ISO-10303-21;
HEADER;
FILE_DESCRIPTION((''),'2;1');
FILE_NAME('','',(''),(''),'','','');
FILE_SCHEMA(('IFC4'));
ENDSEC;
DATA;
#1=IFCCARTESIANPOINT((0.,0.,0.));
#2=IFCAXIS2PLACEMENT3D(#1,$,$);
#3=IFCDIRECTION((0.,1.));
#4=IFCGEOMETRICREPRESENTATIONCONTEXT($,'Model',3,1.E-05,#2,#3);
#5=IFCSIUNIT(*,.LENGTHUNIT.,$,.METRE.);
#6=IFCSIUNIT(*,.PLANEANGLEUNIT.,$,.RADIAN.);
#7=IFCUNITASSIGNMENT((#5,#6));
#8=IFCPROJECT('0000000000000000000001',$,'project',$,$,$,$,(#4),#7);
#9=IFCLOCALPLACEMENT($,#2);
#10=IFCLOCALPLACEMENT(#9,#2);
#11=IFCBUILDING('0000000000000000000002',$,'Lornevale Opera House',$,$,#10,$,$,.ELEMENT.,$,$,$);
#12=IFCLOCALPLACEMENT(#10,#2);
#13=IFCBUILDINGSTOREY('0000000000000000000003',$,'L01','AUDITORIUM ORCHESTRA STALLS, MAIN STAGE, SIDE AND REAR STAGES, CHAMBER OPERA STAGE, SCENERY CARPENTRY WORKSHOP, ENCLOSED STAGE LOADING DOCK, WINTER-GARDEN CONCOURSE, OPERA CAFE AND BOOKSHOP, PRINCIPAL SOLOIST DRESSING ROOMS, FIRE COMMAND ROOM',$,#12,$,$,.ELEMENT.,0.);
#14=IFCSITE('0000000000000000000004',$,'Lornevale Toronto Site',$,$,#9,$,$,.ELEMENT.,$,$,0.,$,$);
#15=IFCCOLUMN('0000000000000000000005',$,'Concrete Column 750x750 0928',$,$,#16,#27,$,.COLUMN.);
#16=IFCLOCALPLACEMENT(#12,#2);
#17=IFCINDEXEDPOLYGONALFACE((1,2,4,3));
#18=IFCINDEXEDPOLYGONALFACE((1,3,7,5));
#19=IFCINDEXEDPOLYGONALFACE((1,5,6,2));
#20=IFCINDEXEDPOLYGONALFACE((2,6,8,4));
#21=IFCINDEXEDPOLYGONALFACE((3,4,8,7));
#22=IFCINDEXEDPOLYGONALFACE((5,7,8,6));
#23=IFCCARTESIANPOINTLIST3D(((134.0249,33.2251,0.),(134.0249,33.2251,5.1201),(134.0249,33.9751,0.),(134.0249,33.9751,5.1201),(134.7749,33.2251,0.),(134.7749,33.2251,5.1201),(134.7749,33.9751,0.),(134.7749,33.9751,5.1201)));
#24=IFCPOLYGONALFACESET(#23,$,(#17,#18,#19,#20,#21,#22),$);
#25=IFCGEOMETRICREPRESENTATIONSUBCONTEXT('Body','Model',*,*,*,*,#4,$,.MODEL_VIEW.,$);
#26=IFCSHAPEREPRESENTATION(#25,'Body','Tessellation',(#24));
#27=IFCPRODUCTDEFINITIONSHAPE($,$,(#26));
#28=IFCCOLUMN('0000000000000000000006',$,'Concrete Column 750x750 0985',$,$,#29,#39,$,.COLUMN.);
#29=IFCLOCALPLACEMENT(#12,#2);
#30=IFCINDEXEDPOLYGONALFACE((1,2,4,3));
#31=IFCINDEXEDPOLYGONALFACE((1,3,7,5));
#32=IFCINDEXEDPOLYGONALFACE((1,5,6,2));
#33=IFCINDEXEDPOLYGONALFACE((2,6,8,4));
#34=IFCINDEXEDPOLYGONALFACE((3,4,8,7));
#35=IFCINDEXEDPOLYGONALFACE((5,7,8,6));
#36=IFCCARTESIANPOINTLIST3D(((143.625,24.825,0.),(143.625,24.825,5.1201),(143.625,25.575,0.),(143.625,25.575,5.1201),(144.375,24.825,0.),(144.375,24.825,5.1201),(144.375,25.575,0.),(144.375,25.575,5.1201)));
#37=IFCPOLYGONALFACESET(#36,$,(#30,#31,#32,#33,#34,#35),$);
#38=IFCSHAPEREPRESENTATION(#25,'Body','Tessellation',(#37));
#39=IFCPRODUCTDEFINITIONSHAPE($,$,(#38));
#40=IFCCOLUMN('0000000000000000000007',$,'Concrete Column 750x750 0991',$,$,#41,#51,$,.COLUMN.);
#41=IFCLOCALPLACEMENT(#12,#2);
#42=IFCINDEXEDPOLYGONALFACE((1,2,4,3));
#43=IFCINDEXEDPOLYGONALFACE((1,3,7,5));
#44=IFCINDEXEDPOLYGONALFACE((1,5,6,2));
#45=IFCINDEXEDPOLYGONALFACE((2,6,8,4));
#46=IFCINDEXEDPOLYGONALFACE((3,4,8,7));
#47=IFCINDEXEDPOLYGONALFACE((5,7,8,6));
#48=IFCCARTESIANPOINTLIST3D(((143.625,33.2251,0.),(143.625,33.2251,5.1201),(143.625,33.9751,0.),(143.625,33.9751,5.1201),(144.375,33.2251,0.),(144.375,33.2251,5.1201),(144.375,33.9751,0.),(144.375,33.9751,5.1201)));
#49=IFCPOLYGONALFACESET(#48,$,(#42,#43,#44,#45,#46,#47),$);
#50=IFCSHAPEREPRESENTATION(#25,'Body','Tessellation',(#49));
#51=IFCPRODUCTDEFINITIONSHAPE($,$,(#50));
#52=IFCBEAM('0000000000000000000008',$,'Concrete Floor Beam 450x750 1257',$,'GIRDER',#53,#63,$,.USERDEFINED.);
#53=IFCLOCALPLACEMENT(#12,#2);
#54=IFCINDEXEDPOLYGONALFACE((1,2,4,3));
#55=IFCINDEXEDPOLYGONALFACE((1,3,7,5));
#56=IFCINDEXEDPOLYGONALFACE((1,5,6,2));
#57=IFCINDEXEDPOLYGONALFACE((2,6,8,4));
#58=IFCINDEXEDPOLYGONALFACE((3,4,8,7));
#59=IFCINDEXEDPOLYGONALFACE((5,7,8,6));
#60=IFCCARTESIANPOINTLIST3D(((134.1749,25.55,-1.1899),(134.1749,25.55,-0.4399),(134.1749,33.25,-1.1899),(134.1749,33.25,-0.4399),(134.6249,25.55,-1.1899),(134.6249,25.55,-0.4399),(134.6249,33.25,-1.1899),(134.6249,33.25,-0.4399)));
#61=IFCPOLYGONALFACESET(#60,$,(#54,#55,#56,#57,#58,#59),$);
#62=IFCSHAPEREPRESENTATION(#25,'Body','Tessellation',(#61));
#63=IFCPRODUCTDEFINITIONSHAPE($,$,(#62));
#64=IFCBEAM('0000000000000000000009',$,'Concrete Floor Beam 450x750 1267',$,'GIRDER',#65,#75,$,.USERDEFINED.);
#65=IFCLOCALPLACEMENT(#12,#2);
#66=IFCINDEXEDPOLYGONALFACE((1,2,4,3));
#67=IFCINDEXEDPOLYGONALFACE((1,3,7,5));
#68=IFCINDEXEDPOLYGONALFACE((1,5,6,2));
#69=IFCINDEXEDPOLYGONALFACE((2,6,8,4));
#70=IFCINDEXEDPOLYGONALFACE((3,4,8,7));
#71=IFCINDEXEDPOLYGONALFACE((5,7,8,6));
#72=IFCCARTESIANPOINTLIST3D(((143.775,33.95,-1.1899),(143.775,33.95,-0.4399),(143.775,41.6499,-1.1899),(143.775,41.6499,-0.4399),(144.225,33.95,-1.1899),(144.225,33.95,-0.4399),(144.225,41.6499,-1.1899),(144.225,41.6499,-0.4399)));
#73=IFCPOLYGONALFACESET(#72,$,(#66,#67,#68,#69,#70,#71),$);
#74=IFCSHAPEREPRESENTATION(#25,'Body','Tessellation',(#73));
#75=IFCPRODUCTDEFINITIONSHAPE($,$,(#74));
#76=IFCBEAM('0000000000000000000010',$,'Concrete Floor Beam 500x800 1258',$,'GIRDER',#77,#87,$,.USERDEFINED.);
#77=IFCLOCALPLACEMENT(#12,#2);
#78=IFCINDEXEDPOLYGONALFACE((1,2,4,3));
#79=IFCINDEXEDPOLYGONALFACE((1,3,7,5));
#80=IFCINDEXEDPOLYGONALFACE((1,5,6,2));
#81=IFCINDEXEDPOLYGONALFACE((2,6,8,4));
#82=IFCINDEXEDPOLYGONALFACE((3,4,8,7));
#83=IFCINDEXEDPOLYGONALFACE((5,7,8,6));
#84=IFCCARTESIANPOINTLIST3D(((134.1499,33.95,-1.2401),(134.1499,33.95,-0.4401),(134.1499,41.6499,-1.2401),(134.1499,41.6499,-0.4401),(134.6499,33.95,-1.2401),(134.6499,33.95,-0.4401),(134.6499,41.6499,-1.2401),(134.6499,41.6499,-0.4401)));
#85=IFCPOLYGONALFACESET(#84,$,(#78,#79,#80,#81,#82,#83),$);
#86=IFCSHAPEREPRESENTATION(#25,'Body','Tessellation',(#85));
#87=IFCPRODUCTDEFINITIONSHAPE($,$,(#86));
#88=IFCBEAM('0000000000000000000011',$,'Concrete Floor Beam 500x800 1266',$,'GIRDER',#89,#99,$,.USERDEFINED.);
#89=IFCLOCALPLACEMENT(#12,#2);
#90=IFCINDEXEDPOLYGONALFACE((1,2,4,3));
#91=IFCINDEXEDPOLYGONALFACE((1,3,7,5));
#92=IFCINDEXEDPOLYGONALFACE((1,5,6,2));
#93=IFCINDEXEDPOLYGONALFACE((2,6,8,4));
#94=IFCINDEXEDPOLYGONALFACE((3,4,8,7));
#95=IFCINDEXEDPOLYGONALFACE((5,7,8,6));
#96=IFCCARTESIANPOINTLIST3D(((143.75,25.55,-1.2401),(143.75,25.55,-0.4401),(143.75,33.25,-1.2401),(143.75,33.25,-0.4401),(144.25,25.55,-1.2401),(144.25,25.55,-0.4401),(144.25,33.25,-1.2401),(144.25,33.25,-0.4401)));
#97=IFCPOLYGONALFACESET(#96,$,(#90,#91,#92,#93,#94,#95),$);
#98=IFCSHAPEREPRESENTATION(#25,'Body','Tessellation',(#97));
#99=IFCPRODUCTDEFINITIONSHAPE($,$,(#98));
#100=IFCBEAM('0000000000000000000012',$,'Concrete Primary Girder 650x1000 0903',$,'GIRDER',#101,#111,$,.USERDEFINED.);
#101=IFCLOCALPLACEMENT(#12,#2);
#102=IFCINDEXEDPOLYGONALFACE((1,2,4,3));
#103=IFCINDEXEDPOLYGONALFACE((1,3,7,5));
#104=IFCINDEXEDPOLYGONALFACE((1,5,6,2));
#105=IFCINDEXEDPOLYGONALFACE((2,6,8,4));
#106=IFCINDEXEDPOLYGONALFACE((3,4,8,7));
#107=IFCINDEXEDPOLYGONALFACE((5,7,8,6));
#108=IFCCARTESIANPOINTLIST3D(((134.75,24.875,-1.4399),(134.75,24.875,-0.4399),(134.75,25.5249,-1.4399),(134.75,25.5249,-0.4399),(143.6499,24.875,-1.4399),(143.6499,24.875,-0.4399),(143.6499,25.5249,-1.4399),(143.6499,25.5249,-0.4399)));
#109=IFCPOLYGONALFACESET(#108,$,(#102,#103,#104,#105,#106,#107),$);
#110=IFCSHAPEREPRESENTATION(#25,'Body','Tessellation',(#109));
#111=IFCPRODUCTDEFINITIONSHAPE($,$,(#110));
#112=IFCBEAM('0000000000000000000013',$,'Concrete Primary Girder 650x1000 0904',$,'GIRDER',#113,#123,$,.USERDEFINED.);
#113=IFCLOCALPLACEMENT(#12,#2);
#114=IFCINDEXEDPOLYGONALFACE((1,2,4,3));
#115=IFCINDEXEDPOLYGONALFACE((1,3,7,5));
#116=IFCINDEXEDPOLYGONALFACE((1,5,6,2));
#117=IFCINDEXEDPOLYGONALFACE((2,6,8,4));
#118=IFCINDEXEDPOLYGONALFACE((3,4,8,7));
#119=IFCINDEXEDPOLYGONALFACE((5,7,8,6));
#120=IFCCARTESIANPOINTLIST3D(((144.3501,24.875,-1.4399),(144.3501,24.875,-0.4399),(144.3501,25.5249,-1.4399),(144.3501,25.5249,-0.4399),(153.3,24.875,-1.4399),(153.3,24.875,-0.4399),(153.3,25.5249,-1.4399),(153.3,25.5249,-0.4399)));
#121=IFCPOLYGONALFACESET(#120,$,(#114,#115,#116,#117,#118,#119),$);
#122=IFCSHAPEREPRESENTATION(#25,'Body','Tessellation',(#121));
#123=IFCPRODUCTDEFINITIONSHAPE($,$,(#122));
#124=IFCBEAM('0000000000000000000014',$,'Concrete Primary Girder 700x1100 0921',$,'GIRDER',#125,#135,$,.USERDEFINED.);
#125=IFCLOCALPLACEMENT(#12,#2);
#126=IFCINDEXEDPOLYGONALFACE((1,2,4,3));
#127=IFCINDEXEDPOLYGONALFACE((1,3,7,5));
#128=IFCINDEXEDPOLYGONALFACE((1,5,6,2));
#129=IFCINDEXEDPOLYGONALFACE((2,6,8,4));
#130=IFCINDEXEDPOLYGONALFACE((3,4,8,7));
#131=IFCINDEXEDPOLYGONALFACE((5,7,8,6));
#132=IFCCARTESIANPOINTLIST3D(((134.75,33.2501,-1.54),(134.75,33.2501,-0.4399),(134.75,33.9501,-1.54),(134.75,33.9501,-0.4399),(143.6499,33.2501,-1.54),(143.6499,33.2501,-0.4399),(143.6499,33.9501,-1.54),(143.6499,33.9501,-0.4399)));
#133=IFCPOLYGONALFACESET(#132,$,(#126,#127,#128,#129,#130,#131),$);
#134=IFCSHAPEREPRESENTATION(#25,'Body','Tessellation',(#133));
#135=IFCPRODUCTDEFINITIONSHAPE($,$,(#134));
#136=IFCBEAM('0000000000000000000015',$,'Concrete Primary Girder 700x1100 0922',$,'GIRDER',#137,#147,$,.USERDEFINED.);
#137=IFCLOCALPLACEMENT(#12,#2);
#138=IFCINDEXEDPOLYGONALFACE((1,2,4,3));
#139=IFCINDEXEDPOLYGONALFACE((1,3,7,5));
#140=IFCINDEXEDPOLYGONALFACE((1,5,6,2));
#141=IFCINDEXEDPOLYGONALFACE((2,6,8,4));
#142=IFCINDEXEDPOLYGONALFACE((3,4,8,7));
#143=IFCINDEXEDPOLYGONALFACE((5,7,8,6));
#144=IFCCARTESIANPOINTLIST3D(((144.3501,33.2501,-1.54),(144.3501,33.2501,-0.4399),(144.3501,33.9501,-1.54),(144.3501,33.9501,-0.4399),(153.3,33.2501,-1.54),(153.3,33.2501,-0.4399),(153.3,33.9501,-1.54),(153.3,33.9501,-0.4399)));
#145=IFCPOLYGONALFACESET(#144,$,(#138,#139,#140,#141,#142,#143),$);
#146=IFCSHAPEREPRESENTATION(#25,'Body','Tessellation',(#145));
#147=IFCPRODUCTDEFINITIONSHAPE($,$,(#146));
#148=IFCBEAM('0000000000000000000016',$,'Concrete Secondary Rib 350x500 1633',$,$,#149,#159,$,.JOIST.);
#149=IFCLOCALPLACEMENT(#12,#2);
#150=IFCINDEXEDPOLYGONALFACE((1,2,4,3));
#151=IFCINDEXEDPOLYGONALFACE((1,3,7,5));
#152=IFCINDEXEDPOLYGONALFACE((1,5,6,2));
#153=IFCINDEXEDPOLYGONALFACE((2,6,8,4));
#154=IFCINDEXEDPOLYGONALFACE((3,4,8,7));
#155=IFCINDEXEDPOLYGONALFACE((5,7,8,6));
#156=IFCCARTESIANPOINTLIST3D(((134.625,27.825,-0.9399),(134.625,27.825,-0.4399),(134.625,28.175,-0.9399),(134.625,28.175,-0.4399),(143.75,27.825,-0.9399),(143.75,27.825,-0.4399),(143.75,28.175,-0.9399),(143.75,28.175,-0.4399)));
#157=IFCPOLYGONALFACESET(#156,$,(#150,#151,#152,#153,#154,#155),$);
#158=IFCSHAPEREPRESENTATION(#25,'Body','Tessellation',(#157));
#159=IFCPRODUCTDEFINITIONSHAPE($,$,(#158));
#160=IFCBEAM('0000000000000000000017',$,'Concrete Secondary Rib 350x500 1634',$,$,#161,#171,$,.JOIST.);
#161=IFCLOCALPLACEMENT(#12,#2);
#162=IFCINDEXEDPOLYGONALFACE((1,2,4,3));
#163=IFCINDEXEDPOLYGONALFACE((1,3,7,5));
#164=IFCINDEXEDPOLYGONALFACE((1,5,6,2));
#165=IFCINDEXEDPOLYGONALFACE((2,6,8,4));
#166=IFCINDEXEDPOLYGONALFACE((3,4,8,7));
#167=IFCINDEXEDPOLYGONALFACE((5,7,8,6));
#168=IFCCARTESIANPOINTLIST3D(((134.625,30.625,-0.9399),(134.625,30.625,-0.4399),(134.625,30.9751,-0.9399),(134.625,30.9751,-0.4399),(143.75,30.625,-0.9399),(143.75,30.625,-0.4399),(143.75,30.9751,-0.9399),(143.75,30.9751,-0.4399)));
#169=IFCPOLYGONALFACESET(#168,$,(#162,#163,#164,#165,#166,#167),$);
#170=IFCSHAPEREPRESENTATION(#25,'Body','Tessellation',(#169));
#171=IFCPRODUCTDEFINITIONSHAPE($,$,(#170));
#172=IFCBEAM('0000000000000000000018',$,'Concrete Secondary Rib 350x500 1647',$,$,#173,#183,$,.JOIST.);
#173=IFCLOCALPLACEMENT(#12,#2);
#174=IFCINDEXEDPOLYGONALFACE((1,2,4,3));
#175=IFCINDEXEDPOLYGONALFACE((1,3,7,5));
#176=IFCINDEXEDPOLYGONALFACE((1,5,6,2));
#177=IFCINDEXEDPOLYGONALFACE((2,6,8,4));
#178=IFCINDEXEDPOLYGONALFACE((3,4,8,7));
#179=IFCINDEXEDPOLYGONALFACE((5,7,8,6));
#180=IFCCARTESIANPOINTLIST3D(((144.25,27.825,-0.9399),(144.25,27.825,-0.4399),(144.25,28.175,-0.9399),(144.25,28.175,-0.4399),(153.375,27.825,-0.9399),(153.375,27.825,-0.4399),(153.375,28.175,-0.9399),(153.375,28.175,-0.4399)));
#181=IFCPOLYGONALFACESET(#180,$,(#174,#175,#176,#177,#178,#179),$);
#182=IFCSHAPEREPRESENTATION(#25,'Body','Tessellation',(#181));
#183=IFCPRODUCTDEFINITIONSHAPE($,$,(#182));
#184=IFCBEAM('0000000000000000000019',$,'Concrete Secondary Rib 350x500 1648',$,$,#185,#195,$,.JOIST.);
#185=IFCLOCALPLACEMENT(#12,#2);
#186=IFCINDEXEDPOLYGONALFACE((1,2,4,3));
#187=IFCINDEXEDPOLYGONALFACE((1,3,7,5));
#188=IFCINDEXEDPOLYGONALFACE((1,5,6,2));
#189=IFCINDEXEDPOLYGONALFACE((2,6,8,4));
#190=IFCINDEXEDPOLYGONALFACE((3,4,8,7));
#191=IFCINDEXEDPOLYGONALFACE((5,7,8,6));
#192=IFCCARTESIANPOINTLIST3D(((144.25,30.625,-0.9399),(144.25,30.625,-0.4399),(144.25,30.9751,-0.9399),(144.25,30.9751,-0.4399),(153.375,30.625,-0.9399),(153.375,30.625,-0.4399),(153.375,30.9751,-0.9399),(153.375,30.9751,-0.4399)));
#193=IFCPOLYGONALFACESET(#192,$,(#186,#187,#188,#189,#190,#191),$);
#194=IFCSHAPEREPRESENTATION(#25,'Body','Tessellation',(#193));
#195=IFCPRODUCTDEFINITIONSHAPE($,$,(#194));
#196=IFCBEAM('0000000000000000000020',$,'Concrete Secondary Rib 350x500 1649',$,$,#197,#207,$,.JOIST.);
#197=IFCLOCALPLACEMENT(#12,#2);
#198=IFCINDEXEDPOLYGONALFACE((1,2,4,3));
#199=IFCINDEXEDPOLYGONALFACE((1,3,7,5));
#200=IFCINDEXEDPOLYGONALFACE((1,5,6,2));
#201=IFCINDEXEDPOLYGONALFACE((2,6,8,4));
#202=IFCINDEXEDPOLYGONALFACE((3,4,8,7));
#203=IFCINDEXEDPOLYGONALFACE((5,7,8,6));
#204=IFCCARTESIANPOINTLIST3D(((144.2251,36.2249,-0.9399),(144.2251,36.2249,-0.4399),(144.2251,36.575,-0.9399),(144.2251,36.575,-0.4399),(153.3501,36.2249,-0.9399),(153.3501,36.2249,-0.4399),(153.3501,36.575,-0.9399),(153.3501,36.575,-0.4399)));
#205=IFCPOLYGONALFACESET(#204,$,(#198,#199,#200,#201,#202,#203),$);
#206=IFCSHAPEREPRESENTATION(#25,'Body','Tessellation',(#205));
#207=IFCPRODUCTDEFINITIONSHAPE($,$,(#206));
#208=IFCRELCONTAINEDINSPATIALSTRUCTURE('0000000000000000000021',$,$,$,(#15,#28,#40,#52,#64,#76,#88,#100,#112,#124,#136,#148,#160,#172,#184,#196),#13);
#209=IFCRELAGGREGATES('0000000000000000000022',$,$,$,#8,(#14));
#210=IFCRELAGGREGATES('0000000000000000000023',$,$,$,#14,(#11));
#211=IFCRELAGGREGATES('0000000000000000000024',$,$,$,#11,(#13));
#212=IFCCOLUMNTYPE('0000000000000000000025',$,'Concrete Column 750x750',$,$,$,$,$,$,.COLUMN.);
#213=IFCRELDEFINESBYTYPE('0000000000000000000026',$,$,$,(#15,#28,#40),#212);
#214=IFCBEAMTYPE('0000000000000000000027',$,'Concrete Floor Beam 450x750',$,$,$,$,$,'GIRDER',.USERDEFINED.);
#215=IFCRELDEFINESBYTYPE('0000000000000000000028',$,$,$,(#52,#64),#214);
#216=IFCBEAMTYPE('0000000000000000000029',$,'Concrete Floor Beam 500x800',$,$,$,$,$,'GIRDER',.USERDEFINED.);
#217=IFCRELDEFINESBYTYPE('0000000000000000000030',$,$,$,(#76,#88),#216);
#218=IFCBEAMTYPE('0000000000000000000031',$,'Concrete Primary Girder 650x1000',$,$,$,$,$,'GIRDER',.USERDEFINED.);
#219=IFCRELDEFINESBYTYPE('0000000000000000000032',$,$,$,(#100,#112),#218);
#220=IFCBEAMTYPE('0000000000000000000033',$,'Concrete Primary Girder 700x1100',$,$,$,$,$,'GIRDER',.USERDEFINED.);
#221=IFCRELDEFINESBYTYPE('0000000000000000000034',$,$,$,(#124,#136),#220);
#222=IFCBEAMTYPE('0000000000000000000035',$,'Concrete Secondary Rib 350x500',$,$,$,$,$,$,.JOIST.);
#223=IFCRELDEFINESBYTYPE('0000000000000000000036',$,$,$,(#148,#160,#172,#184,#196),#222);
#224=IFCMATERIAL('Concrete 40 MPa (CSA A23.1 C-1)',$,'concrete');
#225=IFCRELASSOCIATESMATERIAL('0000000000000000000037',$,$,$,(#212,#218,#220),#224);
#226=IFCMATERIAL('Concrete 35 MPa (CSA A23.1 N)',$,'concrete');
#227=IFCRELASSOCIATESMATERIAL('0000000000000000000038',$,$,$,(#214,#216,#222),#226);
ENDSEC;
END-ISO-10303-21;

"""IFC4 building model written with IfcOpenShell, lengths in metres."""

from ifc_helpers import new_model, si_unit, direction, frame, origin, origin_2d, place, context, subcontext, project, spatial, rectangle, extrude, material, material_profile, profile_set, type_object, element, save


model = new_model("IFC4")

# Units and contexts
model_context = context("Model", 3, precision=1e-05, world=origin(), true_north=direction((0.0, 1.0)))
body_context = subcontext(model_context, "Body", "Model", "MODEL_VIEW")
ifc_project = project(units=[si_unit("LENGTHUNIT", "METRE"), si_unit("PLANEANGLEUNIT", "RADIAN")], contexts=[model_context])

# Site, building, storey
site_placement = place(None, origin())
site = spatial("IfcSite", under=ifc_project, at=site_placement, Name="Lornevale Toronto Site", CompositionType="ELEMENT", RefElevation=0.0)
building_placement = place(site_placement, origin())
building = spatial("IfcBuilding", under=site, at=building_placement, Name="Lornevale Opera House", CompositionType="ELEMENT")
storey_placement = place(building_placement, origin())
storey = spatial("IfcBuildingStorey", under=building, at=storey_placement, Name="L01", Description="AUDITORIUM ORCHESTRA STALLS, MAIN STAGE, SIDE AND REAR STAGES, CHAMBER OPERA STAGE, SCENERY CARPENTRY WORKSHOP, ENCLOSED STAGE LOADING DOCK, WINTER-GARDEN CONCOURSE, OPERA CAFE AND BOOKSHOP, PRINCIPAL SOLOIST DRESSING ROOMS, FIRE COMMAND ROOM", CompositionType="ELEMENT", Elevation=0.0)

# Columns
ifc_material_1 = material(Name="Concrete 40 MPa (CSA A23.1 C-1)", Category="concrete")
ifc_material_profile_1 = material_profile(ifc_material_1, rectangle(XDim=0.75, YDim=0.75, at=origin_2d()), Name="RC750x750")
ifc_profile_set_1 = profile_set([ifc_material_profile_1], Name="Concrete 40 MPa (CSA A23.1 C-1)")
column_type = type_object("IfcColumnType", Name="Concrete Column 750x750", PredefinedType="COLUMN", material=ifc_profile_set_1)
for number, where, z_axis, x_axis, name in (
    (1, (134.3999, 33.6001, 0.0), (0.0, 0.0, 1.0), (1.0, 0.0, 0.0), "Concrete Column 750x750 0928"),
    (2, (144.0, 25.2, 0.0), (0.0, 0.0, 1.0), (1.0, 0.0, 0.0), "Concrete Column 750x750 0985"),
    (3, (144.0, 33.6001, 0.0), (0.0, 0.0, 1.0), (1.0, 0.0, 0.0), "Concrete Column 750x750 0991"),
):
    element("IfcColumn", number, at=place(storey_placement, frame(where, z_axis=z_axis, x_axis=x_axis)), inside=storey, type_object=column_type, Name=name, PredefinedType="COLUMN", context=body_context, shape_type="SweptSolid", body=[
        extrude(rectangle(XDim=0.75, YDim=0.75, at=origin_2d()), origin(), (0.0, 0.0, 1.0), 5.1201),
    ])

# Beams
ifc_material_2 = material(Name="Concrete 35 MPa (CSA A23.1 N)", Category="concrete")
ifc_material_profile_2 = material_profile(ifc_material_2, rectangle(XDim=0.45, YDim=0.75, at=origin_2d()), Name="RC450x750")
ifc_profile_set_2 = profile_set([ifc_material_profile_2], Name="Concrete 35 MPa (CSA A23.1 N)")
beam_type_1 = type_object("IfcBeamType", Name="Concrete Floor Beam 450x750", ElementType="GIRDER", PredefinedType="USERDEFINED", material=ifc_profile_set_2)
for number, where, z_axis, x_axis, name in (
    (4, (134.3999, 25.55, -0.8149), (0.0, 1.0, 0.0), (-1.0, 0.0, 0.0), "Concrete Floor Beam 450x750 1257"),
    (5, (144.0, 33.95, -0.8149), (0.0, 1.0, 0.0), (-1.0, 0.0, 0.0), "Concrete Floor Beam 450x750 1267"),
):
    element("IfcBeam", number, at=place(storey_placement, frame(where, z_axis=z_axis, x_axis=x_axis)), inside=storey, type_object=beam_type_1, Name=name, ObjectType="GIRDER", PredefinedType="USERDEFINED", context=body_context, shape_type="SweptSolid", body=[
        extrude(rectangle(XDim=0.45, YDim=0.75, at=origin_2d()), origin(), (0.0, 0.0, 1.0), 7.7),
    ])
ifc_material_profile_3 = material_profile(ifc_material_2, rectangle(XDim=0.5, YDim=0.8, at=origin_2d()), Name="RC500x800")
ifc_profile_set_3 = profile_set([ifc_material_profile_3], Name="Concrete 35 MPa (CSA A23.1 N)")
beam_type_2 = type_object("IfcBeamType", Name="Concrete Floor Beam 500x800", ElementType="GIRDER", PredefinedType="USERDEFINED", material=ifc_profile_set_3)
for number, where, z_axis, x_axis, name in (
    (6, (134.3999, 33.95, -0.8401), (0.0, 1.0, 0.0), (-1.0, 0.0, 0.0), "Concrete Floor Beam 500x800 1258"),
    (7, (144.0, 25.55, -0.8401), (0.0, 1.0, 0.0), (-1.0, 0.0, 0.0), "Concrete Floor Beam 500x800 1266"),
):
    element("IfcBeam", number, at=place(storey_placement, frame(where, z_axis=z_axis, x_axis=x_axis)), inside=storey, type_object=beam_type_2, Name=name, ObjectType="GIRDER", PredefinedType="USERDEFINED", context=body_context, shape_type="SweptSolid", body=[
        extrude(rectangle(XDim=0.5, YDim=0.8, at=origin_2d()), origin(), (0.0, 0.0, 1.0), 7.7),
    ])
ifc_material_profile_4 = material_profile(ifc_material_1, rectangle(XDim=0.6499, YDim=1.0, at=origin_2d()), Name="RC650x1000")
ifc_profile_set_4 = profile_set([ifc_material_profile_4], Name="Concrete 40 MPa (CSA A23.1 C-1)")
beam_type_3 = type_object("IfcBeamType", Name="Concrete Primary Girder 650x1000", ElementType="GIRDER", PredefinedType="USERDEFINED", material=ifc_profile_set_4)
beam_1_placement = place(storey_placement, frame((134.75, 25.2, -0.9399), z_axis=(1.0, 0.0, 0.0), x_axis=(0.0, 1.0, 0.0)))
element("IfcBeam", 8, at=beam_1_placement, inside=storey, type_object=beam_type_3, Name="Concrete Primary Girder 650x1000 0903", ObjectType="GIRDER", PredefinedType="USERDEFINED", context=body_context, shape_type="SweptSolid", body=[
    extrude(rectangle(XDim=0.6499, YDim=1.0, at=origin_2d()), origin(), (0.0, 0.0, 1.0), 8.8999),
])
beam_2_placement = place(storey_placement, frame((144.3501, 25.2, -0.9399), z_axis=(1.0, 0.0, 0.0), x_axis=(0.0, 1.0, 0.0)))
element("IfcBeam", 9, at=beam_2_placement, inside=storey, type_object=beam_type_3, Name="Concrete Primary Girder 650x1000 0904", ObjectType="GIRDER", PredefinedType="USERDEFINED", context=body_context, shape_type="SweptSolid", body=[
    extrude(rectangle(XDim=0.6499, YDim=1.0, at=origin_2d()), origin(), (0.0, 0.0, 1.0), 8.95),
])
ifc_material_profile_5 = material_profile(ifc_material_1, rectangle(XDim=0.7, YDim=1.1001, at=origin_2d()), Name="RC700x1100")
ifc_profile_set_5 = profile_set([ifc_material_profile_5], Name="Concrete 40 MPa (CSA A23.1 C-1)")
beam_type_4 = type_object("IfcBeamType", Name="Concrete Primary Girder 700x1100", ElementType="GIRDER", PredefinedType="USERDEFINED", material=ifc_profile_set_5)
beam_3_placement = place(storey_placement, frame((134.75, 33.6001, -0.99), z_axis=(1.0, 0.0, 0.0), x_axis=(0.0, 1.0, 0.0)))
element("IfcBeam", 10, at=beam_3_placement, inside=storey, type_object=beam_type_4, Name="Concrete Primary Girder 700x1100 0921", ObjectType="GIRDER", PredefinedType="USERDEFINED", context=body_context, shape_type="SweptSolid", body=[
    extrude(rectangle(XDim=0.7, YDim=1.1001, at=origin_2d()), origin(), (0.0, 0.0, 1.0), 8.8999),
])
beam_4_placement = place(storey_placement, frame((144.3501, 33.6001, -0.99), z_axis=(1.0, 0.0, 0.0), x_axis=(0.0, 1.0, 0.0)))
element("IfcBeam", 11, at=beam_4_placement, inside=storey, type_object=beam_type_4, Name="Concrete Primary Girder 700x1100 0922", ObjectType="GIRDER", PredefinedType="USERDEFINED", context=body_context, shape_type="SweptSolid", body=[
    extrude(rectangle(XDim=0.7, YDim=1.1001, at=origin_2d()), origin(), (0.0, 0.0, 1.0), 8.95),
])
ifc_material_profile_6 = material_profile(ifc_material_2, rectangle(XDim=0.3501, YDim=0.5, at=origin_2d()), Name="RC350x500")
ifc_profile_set_6 = profile_set([ifc_material_profile_6], Name="Concrete 35 MPa (CSA A23.1 N)")
beam_type_5 = type_object("IfcBeamType", Name="Concrete Secondary Rib 350x500", PredefinedType="JOIST", material=ifc_profile_set_6)
for number, where, z_axis, x_axis, name in (
    (12, (134.625, 28.0, -0.6899), (1.0, 0.0, 0.0), (0.0, 1.0, 0.0), "Concrete Secondary Rib 350x500 1633"),
    (13, (134.625, 30.8, -0.6899), (1.0, 0.0, 0.0), (0.0, 1.0, 0.0), "Concrete Secondary Rib 350x500 1634"),
    (14, (144.25, 28.0, -0.6899), (1.0, 0.0, 0.0), (0.0, 1.0, 0.0), "Concrete Secondary Rib 350x500 1647"),
    (15, (144.25, 30.8, -0.6899), (1.0, 0.0, 0.0), (0.0, 1.0, 0.0), "Concrete Secondary Rib 350x500 1648"),
    (16, (144.2251, 36.3999, -0.6899), (1.0, 0.0, 0.0), (0.0, 1.0, 0.0), "Concrete Secondary Rib 350x500 1649"),
):
    element("IfcBeam", number, at=place(storey_placement, frame(where, z_axis=z_axis, x_axis=x_axis)), inside=storey, type_object=beam_type_5, Name=name, PredefinedType="JOIST", context=body_context, shape_type="SweptSolid", body=[
        extrude(rectangle(XDim=0.3501, YDim=0.5, at=origin_2d()), origin(), (0.0, 0.0, 1.0), 9.125),
    ])

save(model, "model.ifc")
